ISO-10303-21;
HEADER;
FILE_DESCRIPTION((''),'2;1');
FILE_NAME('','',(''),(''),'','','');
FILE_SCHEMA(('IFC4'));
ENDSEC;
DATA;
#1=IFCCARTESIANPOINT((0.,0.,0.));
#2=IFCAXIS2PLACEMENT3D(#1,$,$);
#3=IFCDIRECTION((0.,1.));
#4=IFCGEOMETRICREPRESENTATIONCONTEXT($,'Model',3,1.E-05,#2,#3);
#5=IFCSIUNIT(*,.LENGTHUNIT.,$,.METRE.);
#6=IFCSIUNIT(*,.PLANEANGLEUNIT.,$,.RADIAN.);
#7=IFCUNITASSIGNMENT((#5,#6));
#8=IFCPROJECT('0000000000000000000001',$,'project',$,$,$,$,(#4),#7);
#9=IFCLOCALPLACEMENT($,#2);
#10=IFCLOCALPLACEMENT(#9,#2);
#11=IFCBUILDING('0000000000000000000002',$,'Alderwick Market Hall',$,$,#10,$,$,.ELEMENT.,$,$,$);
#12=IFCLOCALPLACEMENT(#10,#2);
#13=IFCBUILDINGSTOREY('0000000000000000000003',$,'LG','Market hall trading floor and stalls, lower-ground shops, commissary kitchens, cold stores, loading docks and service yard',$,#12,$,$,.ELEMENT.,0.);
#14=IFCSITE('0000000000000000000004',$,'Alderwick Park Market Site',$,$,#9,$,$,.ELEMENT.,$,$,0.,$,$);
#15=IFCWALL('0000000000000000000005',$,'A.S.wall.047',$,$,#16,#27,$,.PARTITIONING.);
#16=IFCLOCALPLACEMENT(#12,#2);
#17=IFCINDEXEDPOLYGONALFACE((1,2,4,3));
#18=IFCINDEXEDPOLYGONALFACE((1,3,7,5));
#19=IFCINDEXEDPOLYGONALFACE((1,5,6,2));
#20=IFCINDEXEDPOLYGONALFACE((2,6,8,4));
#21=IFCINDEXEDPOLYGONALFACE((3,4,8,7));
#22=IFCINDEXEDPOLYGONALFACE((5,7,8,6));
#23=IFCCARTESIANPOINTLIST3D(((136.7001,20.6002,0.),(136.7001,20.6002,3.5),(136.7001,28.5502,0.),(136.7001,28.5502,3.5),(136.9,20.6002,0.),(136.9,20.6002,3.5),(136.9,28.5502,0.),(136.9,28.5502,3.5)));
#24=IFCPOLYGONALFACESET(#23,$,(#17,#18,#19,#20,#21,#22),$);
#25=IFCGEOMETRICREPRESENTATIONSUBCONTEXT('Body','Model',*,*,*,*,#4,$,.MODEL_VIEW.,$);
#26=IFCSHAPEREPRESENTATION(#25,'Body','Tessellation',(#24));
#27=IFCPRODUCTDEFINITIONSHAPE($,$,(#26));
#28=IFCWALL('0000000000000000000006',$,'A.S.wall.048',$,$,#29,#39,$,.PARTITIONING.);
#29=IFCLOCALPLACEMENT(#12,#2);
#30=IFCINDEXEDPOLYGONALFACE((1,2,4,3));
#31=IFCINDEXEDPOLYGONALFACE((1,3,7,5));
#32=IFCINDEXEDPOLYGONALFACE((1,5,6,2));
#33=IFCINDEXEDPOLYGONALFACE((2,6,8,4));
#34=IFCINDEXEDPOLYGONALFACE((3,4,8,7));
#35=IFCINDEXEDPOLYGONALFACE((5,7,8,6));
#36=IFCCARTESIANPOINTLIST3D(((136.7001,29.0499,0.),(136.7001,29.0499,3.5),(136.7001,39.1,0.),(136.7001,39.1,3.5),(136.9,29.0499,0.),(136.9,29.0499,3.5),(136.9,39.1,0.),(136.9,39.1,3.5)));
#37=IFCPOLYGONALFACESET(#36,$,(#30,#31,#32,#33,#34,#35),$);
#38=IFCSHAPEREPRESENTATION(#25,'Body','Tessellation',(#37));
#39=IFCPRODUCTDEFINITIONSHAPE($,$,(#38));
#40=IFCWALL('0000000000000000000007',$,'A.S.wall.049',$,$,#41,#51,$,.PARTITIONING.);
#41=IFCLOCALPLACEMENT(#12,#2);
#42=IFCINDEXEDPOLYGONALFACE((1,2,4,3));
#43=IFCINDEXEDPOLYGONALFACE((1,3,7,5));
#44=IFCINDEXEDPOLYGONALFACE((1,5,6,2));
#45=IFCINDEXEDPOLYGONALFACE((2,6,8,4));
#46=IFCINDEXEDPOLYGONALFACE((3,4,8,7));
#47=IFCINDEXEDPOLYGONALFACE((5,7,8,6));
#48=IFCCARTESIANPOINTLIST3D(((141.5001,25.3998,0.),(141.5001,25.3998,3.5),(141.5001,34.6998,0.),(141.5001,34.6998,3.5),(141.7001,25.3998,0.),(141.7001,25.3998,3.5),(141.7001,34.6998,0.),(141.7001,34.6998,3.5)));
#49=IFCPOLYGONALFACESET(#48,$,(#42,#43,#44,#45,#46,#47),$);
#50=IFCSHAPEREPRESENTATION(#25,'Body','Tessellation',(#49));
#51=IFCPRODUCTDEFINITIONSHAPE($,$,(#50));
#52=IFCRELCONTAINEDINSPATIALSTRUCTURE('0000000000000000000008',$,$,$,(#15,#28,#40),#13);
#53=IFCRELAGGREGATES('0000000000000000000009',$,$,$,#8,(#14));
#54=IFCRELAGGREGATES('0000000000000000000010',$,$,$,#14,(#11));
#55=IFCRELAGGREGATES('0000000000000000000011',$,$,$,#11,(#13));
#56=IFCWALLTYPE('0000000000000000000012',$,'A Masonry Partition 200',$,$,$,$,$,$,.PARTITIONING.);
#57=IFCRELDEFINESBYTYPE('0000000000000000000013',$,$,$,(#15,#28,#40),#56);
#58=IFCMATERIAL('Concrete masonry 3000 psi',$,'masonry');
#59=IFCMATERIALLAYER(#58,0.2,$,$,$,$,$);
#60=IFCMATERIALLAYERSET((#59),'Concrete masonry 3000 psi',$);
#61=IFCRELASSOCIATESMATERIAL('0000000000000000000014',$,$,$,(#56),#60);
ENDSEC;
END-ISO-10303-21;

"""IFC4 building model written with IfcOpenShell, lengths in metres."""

from ifc_helpers import new_model, si_unit, direction, frame, frame_2d, origin, place, context, subcontext, project, spatial, rectangle, extrude, material, layer, layer_set, type_object, element, save


model = new_model("IFC4")

# Units and contexts
model_context = context("Model", 3, precision=1e-05, world=origin(), true_north=direction((0.0, 1.0)))
body_context = subcontext(model_context, "Body", "Model", "MODEL_VIEW")
ifc_project = project(units=[si_unit("LENGTHUNIT", "METRE"), si_unit("PLANEANGLEUNIT", "RADIAN")], contexts=[model_context])

# Site, building, storey
site_placement = place(None, origin())
site = spatial("IfcSite", under=ifc_project, at=site_placement, Name="Alderwick Park Market Site", CompositionType="ELEMENT", RefElevation=0.0)
building_placement = place(site_placement, origin())
building = spatial("IfcBuilding", under=site, at=building_placement, Name="Alderwick Market Hall", CompositionType="ELEMENT")
storey_placement = place(building_placement, origin())
storey = spatial("IfcBuildingStorey", under=building, at=storey_placement, Name="LG", Description="Market hall trading floor and stalls, lower-ground shops, commissary kitchens, cold stores, loading docks and service yard", CompositionType="ELEMENT", Elevation=0.0)

# Walls
ifc_material_1 = material(Name="Concrete masonry 3000 psi", Category="masonry")
ifc_layer_1 = layer(ifc_material_1, 0.2)
ifc_layer_set_1 = layer_set([ifc_layer_1], Name="Concrete masonry 3000 psi")
wall_type = type_object("IfcWallType", Name="A Masonry Partition 200", PredefinedType="PARTITIONING", material=ifc_layer_set_1)
wall_1_placement = place(storey_placement, frame((136.8, 20.6001, 0.0), z_axis=(0.0, 0.0, 1.0), x_axis=(0.0, 1.0, 0.0)))
element("IfcWall", 1, at=wall_1_placement, inside=storey, type_object=wall_type, Name="A.S.wall.047", PredefinedType="PARTITIONING", context=body_context, shape_type="SweptSolid", body=[
    extrude(rectangle(XDim=7.95, YDim=0.2, at=frame_2d((3.9751, 0.0))), origin(), (0.0, 0.0, 1.0), 3.5),
])
wall_2_placement = place(storey_placement, frame((136.8, 29.05, 0.0), z_axis=(0.0, 0.0, 1.0), x_axis=(0.0, 1.0, 0.0)))
element("IfcWall", 2, at=wall_2_placement, inside=storey, type_object=wall_type, Name="A.S.wall.048", PredefinedType="PARTITIONING", context=body_context, shape_type="SweptSolid", body=[
    extrude(rectangle(XDim=10.05, YDim=0.2, at=frame_2d((5.0249, 0.0))), origin(), (0.0, 0.0, 1.0), 3.5),
])
wall_3_placement = place(storey_placement, frame((141.6001, 25.3999, 0.0), z_axis=(0.0, 0.0, 1.0), x_axis=(0.0, 1.0, 0.0)))
element("IfcWall", 3, at=wall_3_placement, inside=storey, type_object=wall_type, Name="A.S.wall.049", PredefinedType="PARTITIONING", context=body_context, shape_type="SweptSolid", body=[
    extrude(rectangle(XDim=9.3, YDim=0.2, at=frame_2d((4.6499, 0.0))), origin(), (0.0, 0.0, 1.0), 3.5),
])

save(model, "model.ifc")
